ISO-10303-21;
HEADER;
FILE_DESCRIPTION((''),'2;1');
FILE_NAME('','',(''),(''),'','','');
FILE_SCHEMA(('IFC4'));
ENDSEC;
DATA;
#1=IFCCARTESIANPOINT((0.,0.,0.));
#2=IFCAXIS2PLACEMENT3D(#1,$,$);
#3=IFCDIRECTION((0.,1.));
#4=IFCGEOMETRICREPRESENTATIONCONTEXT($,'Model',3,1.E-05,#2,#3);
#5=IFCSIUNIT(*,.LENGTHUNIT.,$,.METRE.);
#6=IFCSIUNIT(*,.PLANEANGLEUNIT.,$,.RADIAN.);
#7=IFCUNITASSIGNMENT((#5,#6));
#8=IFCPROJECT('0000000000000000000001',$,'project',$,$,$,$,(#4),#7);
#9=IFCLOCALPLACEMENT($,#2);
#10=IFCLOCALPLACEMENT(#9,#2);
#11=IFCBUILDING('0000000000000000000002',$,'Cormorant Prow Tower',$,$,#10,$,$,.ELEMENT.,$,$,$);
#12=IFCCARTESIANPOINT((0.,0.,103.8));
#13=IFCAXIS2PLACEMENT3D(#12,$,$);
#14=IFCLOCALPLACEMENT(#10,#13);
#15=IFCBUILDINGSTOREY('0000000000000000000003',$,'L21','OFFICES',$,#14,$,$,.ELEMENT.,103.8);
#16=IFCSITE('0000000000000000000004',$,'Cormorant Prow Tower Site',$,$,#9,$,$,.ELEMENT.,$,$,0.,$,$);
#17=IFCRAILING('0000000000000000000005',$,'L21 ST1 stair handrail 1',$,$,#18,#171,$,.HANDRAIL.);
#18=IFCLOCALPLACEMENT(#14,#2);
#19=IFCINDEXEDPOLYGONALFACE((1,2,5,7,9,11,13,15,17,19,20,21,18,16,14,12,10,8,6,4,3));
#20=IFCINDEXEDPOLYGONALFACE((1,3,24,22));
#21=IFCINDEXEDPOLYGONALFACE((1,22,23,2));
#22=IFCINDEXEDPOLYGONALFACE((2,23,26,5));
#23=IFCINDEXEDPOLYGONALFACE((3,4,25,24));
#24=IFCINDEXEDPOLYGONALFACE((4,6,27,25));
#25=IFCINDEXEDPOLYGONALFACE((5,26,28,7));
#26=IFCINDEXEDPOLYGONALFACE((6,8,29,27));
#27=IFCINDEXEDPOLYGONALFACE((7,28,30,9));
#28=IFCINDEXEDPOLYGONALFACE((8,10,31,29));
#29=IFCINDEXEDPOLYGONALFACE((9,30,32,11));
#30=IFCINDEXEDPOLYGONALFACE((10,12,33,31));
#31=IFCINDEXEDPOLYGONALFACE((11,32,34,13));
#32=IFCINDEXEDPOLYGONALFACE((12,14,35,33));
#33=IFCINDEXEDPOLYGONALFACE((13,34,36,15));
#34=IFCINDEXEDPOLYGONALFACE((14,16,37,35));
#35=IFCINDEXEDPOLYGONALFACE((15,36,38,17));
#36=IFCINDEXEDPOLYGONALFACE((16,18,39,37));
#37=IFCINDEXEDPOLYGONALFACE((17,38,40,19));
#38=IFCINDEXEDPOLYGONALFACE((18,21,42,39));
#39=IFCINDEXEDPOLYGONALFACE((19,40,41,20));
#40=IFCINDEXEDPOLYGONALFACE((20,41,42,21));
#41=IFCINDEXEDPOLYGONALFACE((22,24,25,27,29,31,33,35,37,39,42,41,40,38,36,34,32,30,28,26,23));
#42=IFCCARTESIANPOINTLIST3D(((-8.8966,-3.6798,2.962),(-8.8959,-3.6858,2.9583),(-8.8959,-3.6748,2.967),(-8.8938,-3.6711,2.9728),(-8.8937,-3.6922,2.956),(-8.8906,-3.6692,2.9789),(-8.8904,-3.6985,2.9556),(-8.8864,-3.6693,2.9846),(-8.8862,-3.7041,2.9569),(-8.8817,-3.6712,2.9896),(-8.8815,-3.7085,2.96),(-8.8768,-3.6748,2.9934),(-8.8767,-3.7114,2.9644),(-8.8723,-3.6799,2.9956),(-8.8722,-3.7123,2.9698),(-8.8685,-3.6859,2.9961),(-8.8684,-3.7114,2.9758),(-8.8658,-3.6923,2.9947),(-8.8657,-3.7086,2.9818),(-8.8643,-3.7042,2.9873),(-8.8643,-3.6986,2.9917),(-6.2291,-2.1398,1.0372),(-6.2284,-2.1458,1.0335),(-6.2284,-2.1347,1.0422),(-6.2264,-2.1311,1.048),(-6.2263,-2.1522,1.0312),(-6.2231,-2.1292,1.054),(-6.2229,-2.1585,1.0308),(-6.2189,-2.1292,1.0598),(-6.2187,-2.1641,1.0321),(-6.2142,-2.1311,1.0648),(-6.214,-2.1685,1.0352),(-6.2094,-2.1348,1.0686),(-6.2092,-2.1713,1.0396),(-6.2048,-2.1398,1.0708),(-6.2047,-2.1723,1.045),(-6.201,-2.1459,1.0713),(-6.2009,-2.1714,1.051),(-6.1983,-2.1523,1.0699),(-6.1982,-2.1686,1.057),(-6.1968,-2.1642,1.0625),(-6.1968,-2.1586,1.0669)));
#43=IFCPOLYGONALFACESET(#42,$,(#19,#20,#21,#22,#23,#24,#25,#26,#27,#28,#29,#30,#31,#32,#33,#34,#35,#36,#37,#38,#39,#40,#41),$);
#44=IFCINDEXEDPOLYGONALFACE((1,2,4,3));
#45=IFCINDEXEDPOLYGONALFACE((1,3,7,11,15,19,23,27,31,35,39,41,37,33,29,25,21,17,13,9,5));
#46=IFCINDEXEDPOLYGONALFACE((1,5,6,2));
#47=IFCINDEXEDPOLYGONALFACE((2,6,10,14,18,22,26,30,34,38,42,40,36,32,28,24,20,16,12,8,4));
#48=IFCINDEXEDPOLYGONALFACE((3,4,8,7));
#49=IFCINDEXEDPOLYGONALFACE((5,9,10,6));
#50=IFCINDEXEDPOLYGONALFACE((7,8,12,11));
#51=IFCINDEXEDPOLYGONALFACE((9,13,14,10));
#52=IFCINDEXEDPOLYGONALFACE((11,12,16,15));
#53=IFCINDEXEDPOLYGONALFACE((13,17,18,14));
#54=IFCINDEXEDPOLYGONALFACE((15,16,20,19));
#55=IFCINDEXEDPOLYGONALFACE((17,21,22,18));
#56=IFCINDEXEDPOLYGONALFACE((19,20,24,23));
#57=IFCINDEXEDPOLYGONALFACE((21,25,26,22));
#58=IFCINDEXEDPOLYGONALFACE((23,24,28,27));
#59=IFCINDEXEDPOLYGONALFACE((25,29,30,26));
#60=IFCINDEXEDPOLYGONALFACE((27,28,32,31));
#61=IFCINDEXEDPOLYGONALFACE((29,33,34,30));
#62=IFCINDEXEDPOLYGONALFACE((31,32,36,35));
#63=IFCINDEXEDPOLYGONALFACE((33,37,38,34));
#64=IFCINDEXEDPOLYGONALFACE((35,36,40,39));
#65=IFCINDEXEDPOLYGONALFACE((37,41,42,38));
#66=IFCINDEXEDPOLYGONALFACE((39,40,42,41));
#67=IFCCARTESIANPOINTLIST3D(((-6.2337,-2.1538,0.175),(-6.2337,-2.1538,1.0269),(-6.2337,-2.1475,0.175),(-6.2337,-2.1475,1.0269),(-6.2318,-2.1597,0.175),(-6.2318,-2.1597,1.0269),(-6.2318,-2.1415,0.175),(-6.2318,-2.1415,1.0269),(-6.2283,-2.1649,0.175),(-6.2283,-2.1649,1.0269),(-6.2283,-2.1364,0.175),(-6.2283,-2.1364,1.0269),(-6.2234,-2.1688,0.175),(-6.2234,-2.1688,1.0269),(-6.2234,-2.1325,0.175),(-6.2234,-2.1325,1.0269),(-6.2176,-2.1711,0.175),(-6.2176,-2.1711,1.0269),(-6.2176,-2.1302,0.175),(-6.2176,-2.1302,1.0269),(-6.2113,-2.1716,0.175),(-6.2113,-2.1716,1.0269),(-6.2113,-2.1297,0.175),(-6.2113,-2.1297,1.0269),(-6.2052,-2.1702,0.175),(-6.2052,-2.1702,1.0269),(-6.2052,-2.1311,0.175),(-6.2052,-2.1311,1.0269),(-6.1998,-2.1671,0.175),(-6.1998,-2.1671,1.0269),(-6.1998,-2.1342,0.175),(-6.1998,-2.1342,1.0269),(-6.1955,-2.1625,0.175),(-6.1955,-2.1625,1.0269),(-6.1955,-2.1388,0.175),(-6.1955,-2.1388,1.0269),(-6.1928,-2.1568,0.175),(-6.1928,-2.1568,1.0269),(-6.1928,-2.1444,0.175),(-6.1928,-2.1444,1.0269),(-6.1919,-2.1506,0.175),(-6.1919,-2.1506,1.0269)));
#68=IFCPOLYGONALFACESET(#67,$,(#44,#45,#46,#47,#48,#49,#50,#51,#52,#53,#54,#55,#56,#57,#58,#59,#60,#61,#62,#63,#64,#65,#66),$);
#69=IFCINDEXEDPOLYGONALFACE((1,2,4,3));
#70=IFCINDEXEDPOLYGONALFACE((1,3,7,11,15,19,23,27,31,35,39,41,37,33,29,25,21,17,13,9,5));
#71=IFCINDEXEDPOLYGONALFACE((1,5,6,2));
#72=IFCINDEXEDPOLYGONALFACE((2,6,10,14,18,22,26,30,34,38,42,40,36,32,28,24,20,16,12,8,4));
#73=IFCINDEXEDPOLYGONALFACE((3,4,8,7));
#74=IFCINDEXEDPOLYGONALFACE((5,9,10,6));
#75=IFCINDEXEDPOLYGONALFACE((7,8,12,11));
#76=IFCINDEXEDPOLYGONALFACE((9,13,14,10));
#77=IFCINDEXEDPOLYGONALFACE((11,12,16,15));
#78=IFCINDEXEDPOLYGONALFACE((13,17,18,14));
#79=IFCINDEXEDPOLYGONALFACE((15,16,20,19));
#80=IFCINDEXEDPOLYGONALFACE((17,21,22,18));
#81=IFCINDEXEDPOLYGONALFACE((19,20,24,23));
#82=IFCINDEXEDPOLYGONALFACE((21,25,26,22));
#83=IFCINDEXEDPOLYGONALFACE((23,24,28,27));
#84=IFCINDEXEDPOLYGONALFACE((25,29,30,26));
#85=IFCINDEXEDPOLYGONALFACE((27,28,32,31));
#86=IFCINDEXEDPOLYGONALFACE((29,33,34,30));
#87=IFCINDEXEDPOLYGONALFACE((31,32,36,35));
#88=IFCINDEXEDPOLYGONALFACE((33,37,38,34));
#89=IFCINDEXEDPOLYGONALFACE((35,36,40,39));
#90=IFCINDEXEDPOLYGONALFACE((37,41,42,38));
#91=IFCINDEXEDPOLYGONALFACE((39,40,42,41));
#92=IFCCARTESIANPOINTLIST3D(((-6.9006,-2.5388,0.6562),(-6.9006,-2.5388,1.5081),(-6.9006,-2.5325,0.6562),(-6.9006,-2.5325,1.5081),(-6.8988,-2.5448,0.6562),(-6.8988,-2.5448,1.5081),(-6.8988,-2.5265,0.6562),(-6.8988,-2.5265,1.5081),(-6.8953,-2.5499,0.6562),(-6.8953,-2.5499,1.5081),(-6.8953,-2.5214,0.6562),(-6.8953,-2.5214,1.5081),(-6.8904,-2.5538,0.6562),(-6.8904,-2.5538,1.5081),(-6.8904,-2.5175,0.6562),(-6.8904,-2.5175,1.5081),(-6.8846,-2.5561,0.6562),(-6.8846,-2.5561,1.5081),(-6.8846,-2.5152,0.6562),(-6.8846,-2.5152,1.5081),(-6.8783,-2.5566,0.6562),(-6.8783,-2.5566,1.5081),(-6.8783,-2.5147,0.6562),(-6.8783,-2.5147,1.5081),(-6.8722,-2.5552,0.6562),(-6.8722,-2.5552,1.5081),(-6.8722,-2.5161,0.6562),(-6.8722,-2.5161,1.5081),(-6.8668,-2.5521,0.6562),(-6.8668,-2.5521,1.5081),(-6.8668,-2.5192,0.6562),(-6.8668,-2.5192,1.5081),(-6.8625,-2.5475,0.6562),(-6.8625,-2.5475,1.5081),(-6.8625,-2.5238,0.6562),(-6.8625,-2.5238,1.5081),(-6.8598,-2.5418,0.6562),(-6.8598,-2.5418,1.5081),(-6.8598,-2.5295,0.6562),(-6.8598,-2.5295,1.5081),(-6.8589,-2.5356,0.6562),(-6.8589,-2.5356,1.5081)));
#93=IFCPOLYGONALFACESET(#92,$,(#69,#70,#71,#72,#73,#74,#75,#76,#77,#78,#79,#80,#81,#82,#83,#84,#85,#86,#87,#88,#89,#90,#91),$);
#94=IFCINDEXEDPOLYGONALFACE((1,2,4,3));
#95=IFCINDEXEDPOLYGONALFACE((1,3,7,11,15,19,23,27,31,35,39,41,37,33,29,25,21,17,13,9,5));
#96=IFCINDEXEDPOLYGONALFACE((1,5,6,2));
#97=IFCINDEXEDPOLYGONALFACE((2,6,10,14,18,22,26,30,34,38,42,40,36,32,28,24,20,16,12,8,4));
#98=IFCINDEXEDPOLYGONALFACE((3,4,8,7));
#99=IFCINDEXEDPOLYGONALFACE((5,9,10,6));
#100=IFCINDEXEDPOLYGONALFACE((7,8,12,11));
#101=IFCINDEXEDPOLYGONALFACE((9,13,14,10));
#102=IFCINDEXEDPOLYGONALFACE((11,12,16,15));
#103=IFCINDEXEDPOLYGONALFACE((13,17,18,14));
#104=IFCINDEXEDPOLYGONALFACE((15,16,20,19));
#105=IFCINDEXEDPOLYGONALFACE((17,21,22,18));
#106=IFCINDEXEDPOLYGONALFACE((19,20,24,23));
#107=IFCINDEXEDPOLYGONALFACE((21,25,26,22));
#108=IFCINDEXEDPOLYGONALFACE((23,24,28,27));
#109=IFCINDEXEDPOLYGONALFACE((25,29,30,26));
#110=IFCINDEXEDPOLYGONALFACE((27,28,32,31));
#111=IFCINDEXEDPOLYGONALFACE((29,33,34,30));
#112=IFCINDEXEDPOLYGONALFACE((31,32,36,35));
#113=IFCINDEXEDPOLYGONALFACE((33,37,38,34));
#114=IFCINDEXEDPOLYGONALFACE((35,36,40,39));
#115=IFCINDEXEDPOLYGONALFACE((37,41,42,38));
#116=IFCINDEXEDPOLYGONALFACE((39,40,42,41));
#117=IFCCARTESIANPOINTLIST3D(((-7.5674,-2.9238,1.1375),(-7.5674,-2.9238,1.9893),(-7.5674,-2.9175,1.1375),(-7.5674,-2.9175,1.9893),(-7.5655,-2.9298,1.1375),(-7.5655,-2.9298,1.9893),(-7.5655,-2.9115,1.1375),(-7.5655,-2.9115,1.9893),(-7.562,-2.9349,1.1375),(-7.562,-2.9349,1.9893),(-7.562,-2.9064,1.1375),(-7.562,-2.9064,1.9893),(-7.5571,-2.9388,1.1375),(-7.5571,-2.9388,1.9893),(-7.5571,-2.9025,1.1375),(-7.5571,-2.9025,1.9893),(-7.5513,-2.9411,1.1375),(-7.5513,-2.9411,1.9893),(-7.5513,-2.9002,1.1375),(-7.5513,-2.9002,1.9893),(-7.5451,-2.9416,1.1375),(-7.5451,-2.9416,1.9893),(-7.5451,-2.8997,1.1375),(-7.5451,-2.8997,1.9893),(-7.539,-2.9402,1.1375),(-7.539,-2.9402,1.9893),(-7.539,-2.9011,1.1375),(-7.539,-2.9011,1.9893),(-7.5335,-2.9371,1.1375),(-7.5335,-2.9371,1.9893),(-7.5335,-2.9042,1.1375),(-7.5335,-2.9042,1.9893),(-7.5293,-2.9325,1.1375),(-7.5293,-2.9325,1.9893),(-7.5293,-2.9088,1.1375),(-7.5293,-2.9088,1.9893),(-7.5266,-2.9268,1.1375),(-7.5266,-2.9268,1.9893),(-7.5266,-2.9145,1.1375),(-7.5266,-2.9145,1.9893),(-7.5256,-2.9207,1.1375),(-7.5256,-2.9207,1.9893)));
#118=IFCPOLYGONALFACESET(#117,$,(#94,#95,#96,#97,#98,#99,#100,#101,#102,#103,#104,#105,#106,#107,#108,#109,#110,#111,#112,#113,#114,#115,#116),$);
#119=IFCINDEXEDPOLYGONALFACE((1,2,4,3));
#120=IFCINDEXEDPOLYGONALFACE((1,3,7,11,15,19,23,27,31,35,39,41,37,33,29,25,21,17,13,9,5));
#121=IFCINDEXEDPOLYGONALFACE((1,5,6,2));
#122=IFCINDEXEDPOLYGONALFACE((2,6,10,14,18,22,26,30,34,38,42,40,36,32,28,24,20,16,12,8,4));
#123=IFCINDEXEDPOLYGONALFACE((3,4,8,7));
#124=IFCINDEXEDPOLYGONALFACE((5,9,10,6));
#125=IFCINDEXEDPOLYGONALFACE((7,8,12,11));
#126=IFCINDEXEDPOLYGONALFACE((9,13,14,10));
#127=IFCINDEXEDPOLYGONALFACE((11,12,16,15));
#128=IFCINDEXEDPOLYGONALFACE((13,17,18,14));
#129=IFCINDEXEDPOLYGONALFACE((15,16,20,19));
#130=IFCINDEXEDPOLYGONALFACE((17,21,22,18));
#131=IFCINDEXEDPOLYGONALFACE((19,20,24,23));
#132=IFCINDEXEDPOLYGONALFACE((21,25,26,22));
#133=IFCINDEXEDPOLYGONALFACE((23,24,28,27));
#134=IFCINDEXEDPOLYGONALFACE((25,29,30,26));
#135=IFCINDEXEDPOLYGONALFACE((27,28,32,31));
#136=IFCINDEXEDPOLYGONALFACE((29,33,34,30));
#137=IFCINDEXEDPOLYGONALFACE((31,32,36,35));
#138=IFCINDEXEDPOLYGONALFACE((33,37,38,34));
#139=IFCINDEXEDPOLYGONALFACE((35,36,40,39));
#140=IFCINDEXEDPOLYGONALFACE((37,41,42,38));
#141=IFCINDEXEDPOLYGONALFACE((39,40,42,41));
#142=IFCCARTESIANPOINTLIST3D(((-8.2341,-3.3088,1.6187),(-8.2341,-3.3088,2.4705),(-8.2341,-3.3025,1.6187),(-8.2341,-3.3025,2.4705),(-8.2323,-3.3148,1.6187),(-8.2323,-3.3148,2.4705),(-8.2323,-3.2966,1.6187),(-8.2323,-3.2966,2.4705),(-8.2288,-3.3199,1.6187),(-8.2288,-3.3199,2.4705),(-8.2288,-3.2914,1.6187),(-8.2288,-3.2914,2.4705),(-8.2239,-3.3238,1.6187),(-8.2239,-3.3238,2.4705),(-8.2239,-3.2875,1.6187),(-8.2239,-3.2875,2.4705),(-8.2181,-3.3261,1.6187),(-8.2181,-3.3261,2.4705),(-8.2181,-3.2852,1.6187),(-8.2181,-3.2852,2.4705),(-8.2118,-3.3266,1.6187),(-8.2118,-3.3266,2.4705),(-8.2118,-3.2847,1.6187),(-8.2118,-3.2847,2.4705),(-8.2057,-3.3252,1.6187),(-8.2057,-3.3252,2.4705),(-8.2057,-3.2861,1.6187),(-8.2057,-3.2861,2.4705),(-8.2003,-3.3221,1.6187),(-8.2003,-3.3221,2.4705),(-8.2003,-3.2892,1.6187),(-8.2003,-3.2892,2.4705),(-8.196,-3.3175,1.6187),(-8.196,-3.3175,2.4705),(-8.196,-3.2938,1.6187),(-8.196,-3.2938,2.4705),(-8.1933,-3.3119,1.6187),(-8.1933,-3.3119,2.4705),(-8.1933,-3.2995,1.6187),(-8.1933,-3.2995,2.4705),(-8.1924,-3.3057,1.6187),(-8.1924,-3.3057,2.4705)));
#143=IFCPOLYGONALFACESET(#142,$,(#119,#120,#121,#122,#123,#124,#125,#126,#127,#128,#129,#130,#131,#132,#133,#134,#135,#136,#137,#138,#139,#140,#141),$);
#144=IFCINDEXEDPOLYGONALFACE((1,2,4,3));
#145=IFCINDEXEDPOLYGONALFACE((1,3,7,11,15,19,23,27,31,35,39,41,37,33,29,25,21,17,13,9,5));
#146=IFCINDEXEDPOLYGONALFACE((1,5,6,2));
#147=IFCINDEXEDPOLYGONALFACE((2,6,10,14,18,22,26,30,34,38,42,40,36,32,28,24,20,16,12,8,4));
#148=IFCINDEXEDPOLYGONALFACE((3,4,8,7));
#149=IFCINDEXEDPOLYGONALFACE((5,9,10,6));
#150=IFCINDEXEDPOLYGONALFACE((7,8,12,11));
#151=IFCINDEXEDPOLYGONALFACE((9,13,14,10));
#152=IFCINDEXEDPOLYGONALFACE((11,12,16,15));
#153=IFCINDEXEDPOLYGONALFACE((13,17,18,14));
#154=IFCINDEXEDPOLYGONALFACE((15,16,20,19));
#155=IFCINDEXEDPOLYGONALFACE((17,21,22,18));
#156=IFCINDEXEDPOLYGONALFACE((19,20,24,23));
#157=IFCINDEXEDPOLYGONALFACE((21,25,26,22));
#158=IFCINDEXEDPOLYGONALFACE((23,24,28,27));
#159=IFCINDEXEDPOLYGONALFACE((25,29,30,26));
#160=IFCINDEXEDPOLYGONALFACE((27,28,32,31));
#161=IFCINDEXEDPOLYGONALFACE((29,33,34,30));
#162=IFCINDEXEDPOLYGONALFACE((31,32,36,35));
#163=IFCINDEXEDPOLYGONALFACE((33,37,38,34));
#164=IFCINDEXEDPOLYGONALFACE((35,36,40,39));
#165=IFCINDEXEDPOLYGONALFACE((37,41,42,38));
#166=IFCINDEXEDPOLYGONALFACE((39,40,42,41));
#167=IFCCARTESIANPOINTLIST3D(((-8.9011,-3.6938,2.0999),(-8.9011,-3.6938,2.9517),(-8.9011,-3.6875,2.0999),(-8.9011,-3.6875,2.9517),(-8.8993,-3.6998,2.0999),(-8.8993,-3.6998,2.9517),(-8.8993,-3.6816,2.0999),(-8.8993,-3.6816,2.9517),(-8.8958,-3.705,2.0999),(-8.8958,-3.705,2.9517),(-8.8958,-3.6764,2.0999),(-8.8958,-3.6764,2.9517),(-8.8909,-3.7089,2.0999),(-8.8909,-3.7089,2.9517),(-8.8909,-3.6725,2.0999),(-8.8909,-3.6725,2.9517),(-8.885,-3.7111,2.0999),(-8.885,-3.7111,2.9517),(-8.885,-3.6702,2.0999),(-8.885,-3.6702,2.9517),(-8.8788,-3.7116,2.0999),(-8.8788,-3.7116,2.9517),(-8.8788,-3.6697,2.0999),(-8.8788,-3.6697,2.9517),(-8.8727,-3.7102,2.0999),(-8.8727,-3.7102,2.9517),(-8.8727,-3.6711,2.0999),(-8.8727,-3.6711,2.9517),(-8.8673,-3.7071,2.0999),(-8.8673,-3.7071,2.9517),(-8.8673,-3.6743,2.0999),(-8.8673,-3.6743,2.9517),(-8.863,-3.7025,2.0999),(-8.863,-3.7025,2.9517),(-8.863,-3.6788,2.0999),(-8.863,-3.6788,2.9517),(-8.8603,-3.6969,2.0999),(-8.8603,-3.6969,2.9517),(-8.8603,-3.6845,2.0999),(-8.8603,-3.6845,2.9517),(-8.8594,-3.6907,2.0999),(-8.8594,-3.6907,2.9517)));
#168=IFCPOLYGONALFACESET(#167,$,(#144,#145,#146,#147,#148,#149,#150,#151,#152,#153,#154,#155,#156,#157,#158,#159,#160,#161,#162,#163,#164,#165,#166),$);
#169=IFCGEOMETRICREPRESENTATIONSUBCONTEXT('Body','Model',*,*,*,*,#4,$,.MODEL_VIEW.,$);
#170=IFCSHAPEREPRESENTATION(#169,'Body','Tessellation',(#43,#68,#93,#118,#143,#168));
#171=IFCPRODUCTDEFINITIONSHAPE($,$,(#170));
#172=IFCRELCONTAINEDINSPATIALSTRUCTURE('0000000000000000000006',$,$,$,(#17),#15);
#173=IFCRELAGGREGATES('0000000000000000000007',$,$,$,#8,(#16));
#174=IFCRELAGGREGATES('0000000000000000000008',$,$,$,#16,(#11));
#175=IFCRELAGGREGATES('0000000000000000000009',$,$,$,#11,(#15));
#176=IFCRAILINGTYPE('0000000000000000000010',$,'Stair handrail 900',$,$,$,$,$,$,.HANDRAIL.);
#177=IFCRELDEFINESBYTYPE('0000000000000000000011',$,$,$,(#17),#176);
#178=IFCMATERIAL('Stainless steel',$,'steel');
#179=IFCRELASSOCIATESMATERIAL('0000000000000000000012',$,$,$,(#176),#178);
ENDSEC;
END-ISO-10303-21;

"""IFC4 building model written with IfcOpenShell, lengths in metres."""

from ifc_helpers import new_model, si_unit, direction, frame, origin, origin_2d, place, context, subcontext, project, spatial, circle, extrude, material, type_object, element, save


model = new_model("IFC4")

# Units and contexts
model_context = context("Model", 3, precision=1e-05, world=origin(), true_north=direction((0.0, 1.0)))
body_context = subcontext(model_context, "Body", "Model", "MODEL_VIEW")
ifc_project = project(units=[si_unit("LENGTHUNIT", "METRE"), si_unit("PLANEANGLEUNIT", "RADIAN")], contexts=[model_context])

# Site, building, storey
site_placement = place(None, origin())
site = spatial("IfcSite", under=ifc_project, at=site_placement, Name="Cormorant Prow Tower Site", CompositionType="ELEMENT", RefElevation=0.0)
building_placement = place(site_placement, origin())
building = spatial("IfcBuilding", under=site, at=building_placement, Name="Cormorant Prow Tower", CompositionType="ELEMENT")
storey_placement = place(building_placement, frame((0.0, 0.0, 103.8)))
storey = spatial("IfcBuildingStorey", under=building, at=storey_placement, Name="L21", Description="OFFICES", CompositionType="ELEMENT", Elevation=103.8)

# Railing
ifc_material_1 = material(Name="Stainless steel", Category="steel")
railing_type_1 = type_object("IfcRailingType", Name="Stair handrail 900", PredefinedType="HANDRAIL", material=ifc_material_1)
railing_1_placement = place(storey_placement, frame((-6.2129, -2.1506, 0.175)))
element("IfcRailing", 1, at=railing_1_placement, inside=storey, type_object=railing_type_1, Name="L21 ST1 stair handrail 1", PredefinedType="HANDRAIL", context=body_context, shape_type="SweptSolid", body=[
    extrude(circle(Radius=0.0239, at=origin_2d()), frame((0.0, 0.0, 0.876), z_axis=(-0.734421, -0.42401, 0.529945), x_axis=(0.499992, -0.86603, 0.0)), (0.0, 0.0, 1.0), 3.6321),
    extrude(circle(Radius=0.021, at=origin_2d()), origin(), (0.0, 0.0, 1.0), 0.8518),
    extrude(circle(Radius=0.021, at=origin_2d()), frame((-0.667, -0.385, 0.4812)), (0.0, 0.0, 1.0), 0.8518),
    extrude(circle(Radius=0.021, at=origin_2d()), frame((-1.3337, -0.77, 0.9624)), (0.0, 0.0, 1.0), 0.8518),
    extrude(circle(Radius=0.021, at=origin_2d()), frame((-2.0005, -1.155, 1.4436)), (0.0, 0.0, 1.0), 0.8518),
    extrude(circle(Radius=0.021, at=origin_2d()), frame((-2.6675, -1.54, 1.9248)), (0.0, 0.0, 1.0), 0.8518),
])

save(model, "model.ifc")
